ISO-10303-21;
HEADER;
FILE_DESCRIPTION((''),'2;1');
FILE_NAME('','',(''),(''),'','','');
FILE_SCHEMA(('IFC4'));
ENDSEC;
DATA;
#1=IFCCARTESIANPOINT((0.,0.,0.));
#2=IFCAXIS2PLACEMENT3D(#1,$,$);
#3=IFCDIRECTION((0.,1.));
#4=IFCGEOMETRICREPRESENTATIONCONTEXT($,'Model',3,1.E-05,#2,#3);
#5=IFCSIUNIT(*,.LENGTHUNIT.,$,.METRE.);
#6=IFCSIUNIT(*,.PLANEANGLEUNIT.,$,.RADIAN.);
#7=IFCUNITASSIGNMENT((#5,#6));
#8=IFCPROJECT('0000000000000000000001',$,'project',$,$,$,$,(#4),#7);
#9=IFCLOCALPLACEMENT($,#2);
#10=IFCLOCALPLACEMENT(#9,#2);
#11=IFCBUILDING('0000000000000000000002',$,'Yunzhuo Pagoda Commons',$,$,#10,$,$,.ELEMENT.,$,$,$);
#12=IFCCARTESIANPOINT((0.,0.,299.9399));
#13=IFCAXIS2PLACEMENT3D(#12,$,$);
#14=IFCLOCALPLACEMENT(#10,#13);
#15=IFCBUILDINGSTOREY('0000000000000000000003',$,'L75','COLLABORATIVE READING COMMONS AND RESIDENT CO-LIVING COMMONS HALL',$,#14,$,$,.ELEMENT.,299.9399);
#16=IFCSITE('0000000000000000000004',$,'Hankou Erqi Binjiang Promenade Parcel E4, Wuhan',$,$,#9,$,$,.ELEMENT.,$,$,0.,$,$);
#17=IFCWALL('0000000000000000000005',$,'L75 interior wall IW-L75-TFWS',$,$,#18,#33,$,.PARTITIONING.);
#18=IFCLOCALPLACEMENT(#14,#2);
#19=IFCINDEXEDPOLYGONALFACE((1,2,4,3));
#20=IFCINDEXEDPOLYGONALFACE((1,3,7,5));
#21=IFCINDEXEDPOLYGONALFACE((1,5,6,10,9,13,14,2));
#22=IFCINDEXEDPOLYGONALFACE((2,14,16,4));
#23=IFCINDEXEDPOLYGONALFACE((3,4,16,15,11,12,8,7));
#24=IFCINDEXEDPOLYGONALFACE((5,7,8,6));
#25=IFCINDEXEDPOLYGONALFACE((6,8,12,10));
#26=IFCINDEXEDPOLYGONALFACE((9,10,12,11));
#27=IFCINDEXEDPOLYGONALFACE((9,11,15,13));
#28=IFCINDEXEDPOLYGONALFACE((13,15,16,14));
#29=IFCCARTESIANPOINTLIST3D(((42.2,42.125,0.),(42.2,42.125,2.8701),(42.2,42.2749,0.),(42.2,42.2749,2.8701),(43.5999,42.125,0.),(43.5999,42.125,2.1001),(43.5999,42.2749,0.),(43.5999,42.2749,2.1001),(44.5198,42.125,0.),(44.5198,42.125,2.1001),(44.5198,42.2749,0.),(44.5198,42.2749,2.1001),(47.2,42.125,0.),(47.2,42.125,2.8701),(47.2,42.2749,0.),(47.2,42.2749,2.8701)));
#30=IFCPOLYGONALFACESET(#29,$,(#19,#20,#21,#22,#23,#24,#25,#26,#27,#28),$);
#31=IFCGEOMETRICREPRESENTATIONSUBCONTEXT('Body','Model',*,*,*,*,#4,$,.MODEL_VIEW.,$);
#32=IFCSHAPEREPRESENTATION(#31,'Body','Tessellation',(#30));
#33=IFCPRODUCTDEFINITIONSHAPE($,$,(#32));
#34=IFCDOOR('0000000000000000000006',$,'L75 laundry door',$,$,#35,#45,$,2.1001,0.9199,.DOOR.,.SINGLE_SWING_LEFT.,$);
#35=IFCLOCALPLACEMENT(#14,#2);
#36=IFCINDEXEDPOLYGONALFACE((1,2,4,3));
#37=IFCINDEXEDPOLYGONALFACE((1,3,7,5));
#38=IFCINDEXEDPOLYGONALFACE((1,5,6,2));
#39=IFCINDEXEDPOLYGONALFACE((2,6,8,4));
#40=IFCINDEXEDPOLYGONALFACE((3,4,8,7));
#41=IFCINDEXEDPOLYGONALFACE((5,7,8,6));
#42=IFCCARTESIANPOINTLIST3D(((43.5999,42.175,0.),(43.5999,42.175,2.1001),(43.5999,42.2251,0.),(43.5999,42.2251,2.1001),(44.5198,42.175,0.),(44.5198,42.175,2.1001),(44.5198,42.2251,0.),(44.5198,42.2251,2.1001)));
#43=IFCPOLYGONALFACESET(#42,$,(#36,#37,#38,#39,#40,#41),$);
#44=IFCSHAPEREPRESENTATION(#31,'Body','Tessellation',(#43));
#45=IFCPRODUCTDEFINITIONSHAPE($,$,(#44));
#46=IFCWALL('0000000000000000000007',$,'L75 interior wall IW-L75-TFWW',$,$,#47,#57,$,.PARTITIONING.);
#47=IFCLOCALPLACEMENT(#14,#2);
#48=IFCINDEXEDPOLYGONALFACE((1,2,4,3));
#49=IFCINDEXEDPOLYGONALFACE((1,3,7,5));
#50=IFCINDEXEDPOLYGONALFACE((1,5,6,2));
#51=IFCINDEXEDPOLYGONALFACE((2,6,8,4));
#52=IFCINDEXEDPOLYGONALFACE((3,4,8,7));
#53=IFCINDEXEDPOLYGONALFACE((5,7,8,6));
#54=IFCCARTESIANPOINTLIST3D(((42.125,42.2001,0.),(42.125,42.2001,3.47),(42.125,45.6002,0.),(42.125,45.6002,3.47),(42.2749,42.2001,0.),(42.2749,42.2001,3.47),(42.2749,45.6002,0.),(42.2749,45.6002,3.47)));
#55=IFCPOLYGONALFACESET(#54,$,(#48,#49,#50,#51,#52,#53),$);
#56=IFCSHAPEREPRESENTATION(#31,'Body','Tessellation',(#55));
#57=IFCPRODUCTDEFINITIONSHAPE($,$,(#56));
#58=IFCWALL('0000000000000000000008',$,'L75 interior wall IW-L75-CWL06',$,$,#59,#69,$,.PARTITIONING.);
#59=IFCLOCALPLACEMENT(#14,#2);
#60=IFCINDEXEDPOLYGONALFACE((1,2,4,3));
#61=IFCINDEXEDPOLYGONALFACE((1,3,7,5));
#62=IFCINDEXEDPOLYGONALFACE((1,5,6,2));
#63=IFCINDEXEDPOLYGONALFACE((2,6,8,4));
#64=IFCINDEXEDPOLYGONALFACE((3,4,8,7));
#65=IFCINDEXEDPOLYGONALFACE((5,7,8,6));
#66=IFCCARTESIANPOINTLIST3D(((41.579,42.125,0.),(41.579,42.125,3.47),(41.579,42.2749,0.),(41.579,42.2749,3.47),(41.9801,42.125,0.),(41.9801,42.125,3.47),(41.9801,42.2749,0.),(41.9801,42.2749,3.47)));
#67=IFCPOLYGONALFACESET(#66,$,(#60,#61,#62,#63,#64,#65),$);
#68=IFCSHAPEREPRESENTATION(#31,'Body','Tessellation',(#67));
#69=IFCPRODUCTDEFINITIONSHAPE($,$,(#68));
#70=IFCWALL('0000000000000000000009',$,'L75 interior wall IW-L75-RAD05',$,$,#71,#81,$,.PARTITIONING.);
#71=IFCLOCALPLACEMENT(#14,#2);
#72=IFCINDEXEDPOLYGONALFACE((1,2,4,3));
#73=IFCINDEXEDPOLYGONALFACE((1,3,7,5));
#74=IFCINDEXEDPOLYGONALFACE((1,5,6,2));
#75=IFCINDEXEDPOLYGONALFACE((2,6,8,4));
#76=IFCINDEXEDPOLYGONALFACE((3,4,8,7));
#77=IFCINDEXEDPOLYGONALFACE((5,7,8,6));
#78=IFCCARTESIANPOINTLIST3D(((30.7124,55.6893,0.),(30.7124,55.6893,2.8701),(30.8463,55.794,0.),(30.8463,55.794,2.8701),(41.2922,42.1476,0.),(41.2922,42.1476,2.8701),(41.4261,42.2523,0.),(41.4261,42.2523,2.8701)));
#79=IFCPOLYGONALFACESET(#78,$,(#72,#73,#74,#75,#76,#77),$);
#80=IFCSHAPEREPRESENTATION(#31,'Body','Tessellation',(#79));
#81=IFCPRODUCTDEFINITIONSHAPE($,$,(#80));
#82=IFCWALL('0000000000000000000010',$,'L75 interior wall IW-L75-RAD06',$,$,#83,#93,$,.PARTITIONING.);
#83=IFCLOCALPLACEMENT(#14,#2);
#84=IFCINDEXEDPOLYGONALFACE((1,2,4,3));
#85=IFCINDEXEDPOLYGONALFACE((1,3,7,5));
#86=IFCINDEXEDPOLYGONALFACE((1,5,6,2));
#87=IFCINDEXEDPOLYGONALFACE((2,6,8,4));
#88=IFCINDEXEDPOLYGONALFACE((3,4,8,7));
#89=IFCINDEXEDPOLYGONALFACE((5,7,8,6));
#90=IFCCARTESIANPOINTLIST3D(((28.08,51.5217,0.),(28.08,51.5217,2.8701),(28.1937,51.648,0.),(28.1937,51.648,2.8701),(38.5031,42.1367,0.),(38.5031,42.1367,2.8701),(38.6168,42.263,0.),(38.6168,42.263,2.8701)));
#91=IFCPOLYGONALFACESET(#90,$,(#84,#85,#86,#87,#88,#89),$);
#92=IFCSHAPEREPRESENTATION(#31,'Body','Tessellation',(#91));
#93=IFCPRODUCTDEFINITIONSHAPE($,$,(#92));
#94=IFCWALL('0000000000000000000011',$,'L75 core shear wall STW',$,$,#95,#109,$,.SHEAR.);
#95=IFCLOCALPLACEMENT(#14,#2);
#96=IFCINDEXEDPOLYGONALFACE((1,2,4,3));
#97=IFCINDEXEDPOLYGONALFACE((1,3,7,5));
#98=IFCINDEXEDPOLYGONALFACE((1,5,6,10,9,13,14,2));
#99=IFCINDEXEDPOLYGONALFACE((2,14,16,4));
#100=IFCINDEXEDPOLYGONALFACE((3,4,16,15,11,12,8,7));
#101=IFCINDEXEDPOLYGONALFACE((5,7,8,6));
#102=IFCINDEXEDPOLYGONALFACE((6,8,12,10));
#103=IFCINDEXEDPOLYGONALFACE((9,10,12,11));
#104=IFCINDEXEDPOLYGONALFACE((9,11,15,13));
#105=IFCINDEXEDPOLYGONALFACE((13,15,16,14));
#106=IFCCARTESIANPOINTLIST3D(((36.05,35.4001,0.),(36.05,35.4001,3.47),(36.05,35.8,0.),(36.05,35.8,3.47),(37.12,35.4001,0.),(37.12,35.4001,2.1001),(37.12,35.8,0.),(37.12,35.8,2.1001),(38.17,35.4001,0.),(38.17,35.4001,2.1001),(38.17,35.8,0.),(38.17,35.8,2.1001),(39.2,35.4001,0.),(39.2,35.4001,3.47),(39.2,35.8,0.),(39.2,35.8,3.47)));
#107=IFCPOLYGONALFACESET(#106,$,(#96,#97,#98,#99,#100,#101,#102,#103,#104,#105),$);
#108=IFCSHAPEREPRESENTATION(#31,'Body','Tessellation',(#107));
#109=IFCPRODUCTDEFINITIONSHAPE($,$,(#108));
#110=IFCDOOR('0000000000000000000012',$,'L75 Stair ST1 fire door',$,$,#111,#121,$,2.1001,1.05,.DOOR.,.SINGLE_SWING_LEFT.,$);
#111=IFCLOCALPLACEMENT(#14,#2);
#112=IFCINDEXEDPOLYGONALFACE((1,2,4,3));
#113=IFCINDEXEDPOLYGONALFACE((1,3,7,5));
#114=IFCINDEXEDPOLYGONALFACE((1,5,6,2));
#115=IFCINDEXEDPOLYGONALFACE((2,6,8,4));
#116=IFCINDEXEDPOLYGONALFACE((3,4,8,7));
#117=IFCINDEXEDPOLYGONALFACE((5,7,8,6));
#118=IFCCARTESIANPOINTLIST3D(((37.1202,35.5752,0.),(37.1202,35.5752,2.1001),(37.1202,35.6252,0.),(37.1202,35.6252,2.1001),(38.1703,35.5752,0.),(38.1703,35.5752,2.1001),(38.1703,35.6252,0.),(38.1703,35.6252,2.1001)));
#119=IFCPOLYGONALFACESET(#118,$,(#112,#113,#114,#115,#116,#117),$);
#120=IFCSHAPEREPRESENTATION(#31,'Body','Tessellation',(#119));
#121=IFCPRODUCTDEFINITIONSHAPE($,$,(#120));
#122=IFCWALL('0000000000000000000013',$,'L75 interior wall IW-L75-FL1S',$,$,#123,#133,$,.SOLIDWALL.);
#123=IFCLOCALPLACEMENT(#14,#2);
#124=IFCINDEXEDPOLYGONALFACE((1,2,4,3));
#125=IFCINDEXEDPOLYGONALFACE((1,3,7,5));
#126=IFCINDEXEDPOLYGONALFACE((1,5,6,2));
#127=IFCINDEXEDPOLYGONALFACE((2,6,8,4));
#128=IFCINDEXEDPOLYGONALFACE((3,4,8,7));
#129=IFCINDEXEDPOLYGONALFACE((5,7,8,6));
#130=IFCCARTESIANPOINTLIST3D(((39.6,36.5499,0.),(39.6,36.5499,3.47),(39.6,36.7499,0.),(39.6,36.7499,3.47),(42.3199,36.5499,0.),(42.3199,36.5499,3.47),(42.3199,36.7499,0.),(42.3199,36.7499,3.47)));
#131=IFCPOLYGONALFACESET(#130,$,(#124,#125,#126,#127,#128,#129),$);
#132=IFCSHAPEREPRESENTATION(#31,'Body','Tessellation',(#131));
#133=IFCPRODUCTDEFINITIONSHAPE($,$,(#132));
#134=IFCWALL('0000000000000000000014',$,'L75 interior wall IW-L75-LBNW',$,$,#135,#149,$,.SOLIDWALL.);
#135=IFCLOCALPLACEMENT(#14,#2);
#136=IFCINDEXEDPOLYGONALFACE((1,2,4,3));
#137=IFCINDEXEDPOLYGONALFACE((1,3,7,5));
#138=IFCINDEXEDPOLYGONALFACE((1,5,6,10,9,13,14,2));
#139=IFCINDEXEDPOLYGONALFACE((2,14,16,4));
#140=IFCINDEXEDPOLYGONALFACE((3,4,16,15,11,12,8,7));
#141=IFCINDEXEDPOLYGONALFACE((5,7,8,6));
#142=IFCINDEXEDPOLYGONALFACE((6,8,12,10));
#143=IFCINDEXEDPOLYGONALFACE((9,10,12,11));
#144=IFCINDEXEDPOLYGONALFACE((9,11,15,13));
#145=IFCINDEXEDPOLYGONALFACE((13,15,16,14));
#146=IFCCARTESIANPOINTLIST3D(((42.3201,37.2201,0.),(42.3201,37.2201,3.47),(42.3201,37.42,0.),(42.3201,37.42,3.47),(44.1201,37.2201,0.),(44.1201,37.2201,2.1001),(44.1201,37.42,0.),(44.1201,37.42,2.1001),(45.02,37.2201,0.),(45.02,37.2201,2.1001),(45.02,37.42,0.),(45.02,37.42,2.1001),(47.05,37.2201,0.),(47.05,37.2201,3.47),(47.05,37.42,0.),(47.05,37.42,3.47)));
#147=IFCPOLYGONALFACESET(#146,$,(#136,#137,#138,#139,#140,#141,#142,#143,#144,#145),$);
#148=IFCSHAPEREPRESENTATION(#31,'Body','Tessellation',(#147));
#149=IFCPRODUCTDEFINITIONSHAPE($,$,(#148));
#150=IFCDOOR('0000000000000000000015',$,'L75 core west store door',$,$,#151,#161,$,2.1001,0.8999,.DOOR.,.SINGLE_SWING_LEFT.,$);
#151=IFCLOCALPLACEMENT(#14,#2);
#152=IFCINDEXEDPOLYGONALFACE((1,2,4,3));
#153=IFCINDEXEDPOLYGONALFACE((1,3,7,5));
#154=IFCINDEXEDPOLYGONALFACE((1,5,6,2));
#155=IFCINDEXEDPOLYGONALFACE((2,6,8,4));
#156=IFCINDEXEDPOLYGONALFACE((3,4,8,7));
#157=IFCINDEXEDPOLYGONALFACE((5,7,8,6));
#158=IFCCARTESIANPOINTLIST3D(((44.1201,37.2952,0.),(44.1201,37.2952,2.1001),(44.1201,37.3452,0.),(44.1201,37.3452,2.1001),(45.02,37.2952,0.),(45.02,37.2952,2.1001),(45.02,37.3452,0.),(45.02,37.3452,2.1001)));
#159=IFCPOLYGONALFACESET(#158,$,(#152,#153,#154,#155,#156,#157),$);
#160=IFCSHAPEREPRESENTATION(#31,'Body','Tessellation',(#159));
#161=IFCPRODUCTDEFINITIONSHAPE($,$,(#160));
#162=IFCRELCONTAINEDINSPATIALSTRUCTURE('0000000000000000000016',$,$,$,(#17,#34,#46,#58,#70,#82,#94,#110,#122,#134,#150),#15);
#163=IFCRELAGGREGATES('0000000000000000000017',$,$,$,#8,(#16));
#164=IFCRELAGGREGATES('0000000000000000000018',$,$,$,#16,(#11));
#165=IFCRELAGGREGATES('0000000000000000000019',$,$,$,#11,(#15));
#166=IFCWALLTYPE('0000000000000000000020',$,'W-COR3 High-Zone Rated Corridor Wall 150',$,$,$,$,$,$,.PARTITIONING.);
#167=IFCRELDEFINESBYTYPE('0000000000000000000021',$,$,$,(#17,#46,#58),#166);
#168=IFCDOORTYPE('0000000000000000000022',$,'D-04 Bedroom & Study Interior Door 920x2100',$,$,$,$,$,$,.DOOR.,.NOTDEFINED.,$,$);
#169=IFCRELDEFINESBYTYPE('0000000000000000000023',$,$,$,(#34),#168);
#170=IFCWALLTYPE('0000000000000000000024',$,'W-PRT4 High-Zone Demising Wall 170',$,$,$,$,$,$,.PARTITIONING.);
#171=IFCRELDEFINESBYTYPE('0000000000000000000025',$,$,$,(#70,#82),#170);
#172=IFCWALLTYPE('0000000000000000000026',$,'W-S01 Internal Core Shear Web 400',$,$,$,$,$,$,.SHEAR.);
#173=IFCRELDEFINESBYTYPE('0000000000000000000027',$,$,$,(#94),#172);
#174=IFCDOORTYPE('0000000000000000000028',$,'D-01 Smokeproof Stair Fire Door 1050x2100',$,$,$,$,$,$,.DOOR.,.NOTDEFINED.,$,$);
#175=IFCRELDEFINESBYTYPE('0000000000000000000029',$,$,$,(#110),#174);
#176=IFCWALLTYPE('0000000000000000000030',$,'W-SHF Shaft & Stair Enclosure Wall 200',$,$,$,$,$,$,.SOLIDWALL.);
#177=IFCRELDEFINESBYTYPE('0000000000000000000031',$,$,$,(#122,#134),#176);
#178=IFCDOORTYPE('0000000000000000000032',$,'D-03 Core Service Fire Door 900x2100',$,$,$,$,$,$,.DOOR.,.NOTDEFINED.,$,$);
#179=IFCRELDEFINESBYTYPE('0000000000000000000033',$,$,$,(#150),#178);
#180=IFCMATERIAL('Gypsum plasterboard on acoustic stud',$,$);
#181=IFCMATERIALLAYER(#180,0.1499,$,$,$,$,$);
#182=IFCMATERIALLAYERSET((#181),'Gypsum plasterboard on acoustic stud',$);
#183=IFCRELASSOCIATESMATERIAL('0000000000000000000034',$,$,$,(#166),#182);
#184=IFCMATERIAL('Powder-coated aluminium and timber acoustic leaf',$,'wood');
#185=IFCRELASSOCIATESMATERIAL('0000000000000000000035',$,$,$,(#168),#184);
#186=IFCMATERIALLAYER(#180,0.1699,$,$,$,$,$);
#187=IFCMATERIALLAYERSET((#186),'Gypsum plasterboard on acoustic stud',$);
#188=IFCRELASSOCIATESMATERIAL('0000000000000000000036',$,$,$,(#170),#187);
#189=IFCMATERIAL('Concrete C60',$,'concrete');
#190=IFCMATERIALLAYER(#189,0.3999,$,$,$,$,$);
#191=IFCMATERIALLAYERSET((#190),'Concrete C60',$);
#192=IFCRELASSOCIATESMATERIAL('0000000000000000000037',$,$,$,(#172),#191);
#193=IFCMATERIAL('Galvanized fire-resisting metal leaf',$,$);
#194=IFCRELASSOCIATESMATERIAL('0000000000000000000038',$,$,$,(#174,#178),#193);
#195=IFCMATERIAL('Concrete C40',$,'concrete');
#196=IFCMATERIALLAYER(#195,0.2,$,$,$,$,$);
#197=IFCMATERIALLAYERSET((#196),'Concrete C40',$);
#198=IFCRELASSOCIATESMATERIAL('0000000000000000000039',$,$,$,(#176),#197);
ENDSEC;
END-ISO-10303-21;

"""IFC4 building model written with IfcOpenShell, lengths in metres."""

from ifc_helpers import new_model, si_unit, direction, frame, frame_2d, origin, place, context, subcontext, project, spatial, rectangle, extrude, source, transform, mapped, material, layer, layer_set, type_object, element, fill, save


model = new_model("IFC4")

# Units and contexts
model_context = context("Model", 3, precision=1e-05, world=origin(), true_north=direction((0.0, 1.0)))
body_context = subcontext(model_context, "Body", "Model", "MODEL_VIEW")
ifc_project = project(units=[si_unit("LENGTHUNIT", "METRE"), si_unit("PLANEANGLEUNIT", "RADIAN")], contexts=[model_context])

# Site, building, storey
site_placement = place(None, origin())
site = spatial("IfcSite", under=ifc_project, at=site_placement, Name="Hankou Erqi Binjiang Promenade Parcel E4, Wuhan", CompositionType="ELEMENT", RefElevation=0.0)
building_placement = place(site_placement, origin())
building = spatial("IfcBuilding", under=site, at=building_placement, Name="Yunzhuo Pagoda Commons", CompositionType="ELEMENT")
storey_placement = place(building_placement, frame((0.0, 0.0, 299.9399)))
storey = spatial("IfcBuildingStorey", under=building, at=storey_placement, Name="L75", Description="COLLABORATIVE READING COMMONS AND RESIDENT CO-LIVING COMMONS HALL", CompositionType="ELEMENT", Elevation=299.9399)

# Wall, opening, door
ifc_material_1 = material(Name="Galvanized fire-resisting metal leaf")
shared_shape_1 = source(origin(), body_context, "Body", "SweptSolid", [
    extrude(rectangle(XDim=1.05, YDim=2.1001, at=frame_2d((0.5249, 1.05))), frame((0.0, 0.0249, 0.0), z_axis=(0.0, -1.0, 0.0), x_axis=(1.0, 0.0, 0.0)), (0.0, 0.0, 1.0), 0.05),
])
ifc_material_2 = material(Name="Gypsum plasterboard on acoustic stud")
ifc_layer_1 = layer(ifc_material_2, 0.1499)
ifc_layer_set_1 = layer_set([ifc_layer_1], Name="Gypsum plasterboard on acoustic stud")
wall_type_1 = type_object("IfcWallType", Name="W-COR3 High-Zone Rated Corridor Wall 150", PredefinedType="PARTITIONING", material=ifc_layer_set_1)
wall_1_placement = place(storey_placement, frame((42.2, 42.2, 0.0), z_axis=(0.0, 0.0, 1.0), x_axis=(1.0, 0.0, 0.0)))
wall_1 = element("IfcWall", 1, at=wall_1_placement, inside=storey, type_object=wall_type_1, Name="L75 interior wall IW-L75-TFWS", PredefinedType="PARTITIONING", context=body_context, shape_type="SweptSolid", body=[
    extrude(rectangle(XDim=5.0, YDim=0.1499, at=frame_2d((2.5, 0.0))), origin(), (0.0, 0.0, 1.0), 2.8701),
])
opening_1_placement = place(wall_1_placement, frame((1.3999, 0.0, 0.0)))
opening_1 = element("IfcOpeningElement", 2, at=opening_1_placement, cuts=wall_1, PredefinedType="OPENING", context=body_context, shape_type="SweptSolid", body=[
    extrude(rectangle(XDim=0.9199, YDim=2.1001, at=frame_2d((0.46, 1.05))), frame((0.0, 0.085, 0.0), z_axis=(0.0, -1.0, 0.0), x_axis=(1.0, 0.0, 0.0)), (0.0, 0.0, 1.0), 0.1699),
])
ifc_material_3 = material(Name="Powder-coated aluminium and timber acoustic leaf", Category="wood")
door_type_1 = type_object("IfcDoorType", Name="D-04 Bedroom & Study Interior Door 920x2100", OperationType="NOTDEFINED", PredefinedType="DOOR", material=ifc_material_3)
shared_shape_2 = source(origin(), body_context, "Body", "SweptSolid", [
    extrude(rectangle(XDim=0.9199, YDim=2.1001, at=frame_2d((0.46, 1.05))), frame((0.0, 0.0249, 0.0), z_axis=(0.0, -1.0, 0.0), x_axis=(1.0, 0.0, 0.0)), (0.0, 0.0, 1.0), 0.05),
])
door_1_placement = place(opening_1_placement, frame((0.9199, 0.0, 0.0), z_axis=(0.0, 0.0, 1.0), x_axis=(-1.0, 0.0, 0.0)))
door_1 = element("IfcDoor", 3, at=door_1_placement, inside=storey, type_object=door_type_1, Name="L75 laundry door", OperationType="SINGLE_SWING_LEFT", OverallHeight=2.1001, OverallWidth=0.9199, PredefinedType="DOOR", context=body_context, shape_type="MappedRepresentation", body=[
    mapped(shared_shape_2, transform((0.0, 0.0, 0.0), scale=1.0)),
])
fill(opening_1, door_1)

# Wall
wall_2_placement = place(storey_placement, frame((42.2, 42.2, 0.0), z_axis=(0.0, 0.0, 1.0), x_axis=(0.0, 1.0, 0.0)))
element("IfcWall", 4, at=wall_2_placement, inside=storey, type_object=wall_type_1, Name="L75 interior wall IW-L75-TFWW", PredefinedType="PARTITIONING", context=body_context, shape_type="SweptSolid", body=[
    extrude(rectangle(XDim=3.4001, YDim=0.1499, at=frame_2d((1.7002, 0.0))), origin(), (0.0, 0.0, 1.0), 3.47),
])

# Walls
wall_3_placement = place(storey_placement, frame((41.5789, 42.2, 0.0), z_axis=(0.0, 0.0, 1.0), x_axis=(1.0, 0.0, 0.0)))
element("IfcWall", 5, at=wall_3_placement, inside=storey, type_object=wall_type_1, Name="L75 interior wall IW-L75-CWL06", PredefinedType="PARTITIONING", context=body_context, shape_type="SweptSolid", body=[
    extrude(rectangle(XDim=0.4011, YDim=0.1499, at=frame_2d((0.2007, 0.0))), origin(), (0.0, 0.0, 1.0), 3.47),
])
ifc_layer_2 = layer(ifc_material_2, 0.1699)
ifc_layer_set_2 = layer_set([ifc_layer_2], Name="Gypsum plasterboard on acoustic stud")
wall_type_2 = type_object("IfcWallType", Name="W-PRT4 High-Zone Demising Wall 170", PredefinedType="PARTITIONING", material=ifc_layer_set_2)
wall_4_placement = place(storey_placement, frame((41.3591, 42.2, 0.0), z_axis=(0.0, 0.0, 1.0), x_axis=(-0.615656, 0.788015, 0.0)))
element("IfcWall", 6, at=wall_4_placement, inside=storey, type_object=wall_type_2, Name="L75 interior wall IW-L75-RAD05", PredefinedType="PARTITIONING", context=body_context, shape_type="SweptSolid", body=[
    extrude(rectangle(XDim=17.1846, YDim=0.1699, at=frame_2d((8.5923, 0.0))), origin(), (0.0, 0.0, 1.0), 2.8701),
])
wall_5_placement = place(storey_placement, frame((38.5598, 42.2, 0.0), z_axis=(0.0, 0.0, 1.0), x_axis=(-0.743144, 0.669131, 0.0)))
element("IfcWall", 7, at=wall_5_placement, inside=storey, type_object=wall_type_2, Name="L75 interior wall IW-L75-RAD06", PredefinedType="PARTITIONING", context=body_context, shape_type="SweptSolid", body=[
    extrude(rectangle(XDim=14.0256, YDim=0.1699, at=frame_2d((7.0127, 0.0))), origin(), (0.0, 0.0, 1.0), 2.8701),
])

# Wall, opening, door
ifc_material_4 = material(Name="Concrete C60", Category="concrete")
ifc_layer_3 = layer(ifc_material_4, 0.3999)
ifc_layer_set_3 = layer_set([ifc_layer_3], Name="Concrete C60")
wall_type_3 = type_object("IfcWallType", Name="W-S01 Internal Core Shear Web 400", PredefinedType="SHEAR", material=ifc_layer_set_3)
wall_6_placement = place(storey_placement, frame((36.05, 35.6001, 0.0), z_axis=(0.0, 0.0, 1.0), x_axis=(1.0, 0.0, 0.0)))
wall_6 = element("IfcWall", 8, at=wall_6_placement, inside=storey, type_object=wall_type_3, Name="L75 core shear wall STW", PredefinedType="SHEAR", context=body_context, shape_type="SweptSolid", body=[
    extrude(rectangle(XDim=3.1499, YDim=0.3999, at=frame_2d((1.575, 0.0))), origin(), (0.0, 0.0, 1.0), 3.47),
])
opening_2_placement = place(wall_6_placement, frame((1.0701, 0.0, 0.0)))
opening_2 = element("IfcOpeningElement", 9, at=opening_2_placement, cuts=wall_6, PredefinedType="OPENING", context=body_context, shape_type="SweptSolid", body=[
    extrude(rectangle(XDim=1.05, YDim=2.1001, at=frame_2d((0.5249, 1.05))), frame((0.0, 0.21, 0.0), z_axis=(0.0, -1.0, 0.0), x_axis=(1.0, 0.0, 0.0)), (0.0, 0.0, 1.0), 0.4199),
])
door_type_2 = type_object("IfcDoorType", Name="D-01 Smokeproof Stair Fire Door 1050x2100", OperationType="NOTDEFINED", PredefinedType="DOOR", material=ifc_material_1)
door_2_placement = place(opening_2_placement, frame((1.05, 0.0, 0.0), z_axis=(0.0, 0.0, 1.0), x_axis=(-1.0, 0.0, 0.0)))
door_2 = element("IfcDoor", 10, at=door_2_placement, inside=storey, type_object=door_type_2, Name="L75 Stair ST1 fire door", OperationType="SINGLE_SWING_LEFT", OverallHeight=2.1001, OverallWidth=1.05, PredefinedType="DOOR", context=body_context, shape_type="MappedRepresentation", body=[
    mapped(shared_shape_1, transform((0.0, 0.0, 0.0), scale=1.0)),
])
fill(opening_2, door_2)

# Wall
ifc_material_5 = material(Name="Concrete C40", Category="concrete")
ifc_layer_4 = layer(ifc_material_5, 0.2)
ifc_layer_set_4 = layer_set([ifc_layer_4], Name="Concrete C40")
wall_type_4 = type_object("IfcWallType", Name="W-SHF Shaft & Stair Enclosure Wall 200", PredefinedType="SOLIDWALL", material=ifc_layer_set_4)
wall_7_placement = place(storey_placement, frame((39.6001, 36.6499, 0.0), z_axis=(0.0, 0.0, 1.0), x_axis=(1.0, 0.0, 0.0)))
element("IfcWall", 11, at=wall_7_placement, inside=storey, type_object=wall_type_4, Name="L75 interior wall IW-L75-FL1S", PredefinedType="SOLIDWALL", context=body_context, shape_type="SweptSolid", body=[
    extrude(rectangle(XDim=2.72, YDim=0.2, at=frame_2d((1.3599, 0.0))), origin(), (0.0, 0.0, 1.0), 3.47),
])

# Wall, opening, door
wall_8_placement = place(storey_placement, frame((42.3201, 37.3201, 0.0), z_axis=(0.0, 0.0, 1.0), x_axis=(1.0, 0.0, 0.0)))
wall_8 = element("IfcWall", 12, at=wall_8_placement, inside=storey, type_object=wall_type_4, Name="L75 interior wall IW-L75-LBNW", PredefinedType="SOLIDWALL", context=body_context, shape_type="SweptSolid", body=[
    extrude(rectangle(XDim=4.73, YDim=0.2, at=frame_2d((2.365, 0.0))), origin(), (0.0, 0.0, 1.0), 3.47),
])
opening_3_placement = place(wall_8_placement, frame((1.8, 0.0, 0.0)))
opening_3 = element("IfcOpeningElement", 13, at=opening_3_placement, cuts=wall_8, PredefinedType="OPENING", context=body_context, shape_type="SweptSolid", body=[
    extrude(rectangle(XDim=0.8999, YDim=2.1001, at=frame_2d((0.45, 1.05))), frame((0.0, 0.1099, 0.0), z_axis=(0.0, -1.0, 0.0), x_axis=(1.0, 0.0, 0.0)), (0.0, 0.0, 1.0), 0.22),
])
door_type_3 = type_object("IfcDoorType", Name="D-03 Core Service Fire Door 900x2100", OperationType="NOTDEFINED", PredefinedType="DOOR", material=ifc_material_1)
shared_shape_3 = source(origin(), body_context, "Body", "SweptSolid", [
    extrude(rectangle(XDim=0.8999, YDim=2.1001, at=frame_2d((0.45, 1.05))), frame((0.0, 0.0249, 0.0), z_axis=(0.0, -1.0, 0.0), x_axis=(1.0, 0.0, 0.0)), (0.0, 0.0, 1.0), 0.05),
])
door_3_placement = place(opening_3_placement, frame((0.8999, 0.0, 0.0), z_axis=(0.0, 0.0, 1.0), x_axis=(-1.0, 0.0, 0.0)))
door_3 = element("IfcDoor", 14, at=door_3_placement, inside=storey, type_object=door_type_3, Name="L75 core west store door", OperationType="SINGLE_SWING_LEFT", OverallHeight=2.1001, OverallWidth=0.8999, PredefinedType="DOOR", context=body_context, shape_type="MappedRepresentation", body=[
    mapped(shared_shape_3, transform((0.0, 0.0, 0.0), scale=1.0)),
])
fill(opening_3, door_3)

save(model, "model.ifc")
